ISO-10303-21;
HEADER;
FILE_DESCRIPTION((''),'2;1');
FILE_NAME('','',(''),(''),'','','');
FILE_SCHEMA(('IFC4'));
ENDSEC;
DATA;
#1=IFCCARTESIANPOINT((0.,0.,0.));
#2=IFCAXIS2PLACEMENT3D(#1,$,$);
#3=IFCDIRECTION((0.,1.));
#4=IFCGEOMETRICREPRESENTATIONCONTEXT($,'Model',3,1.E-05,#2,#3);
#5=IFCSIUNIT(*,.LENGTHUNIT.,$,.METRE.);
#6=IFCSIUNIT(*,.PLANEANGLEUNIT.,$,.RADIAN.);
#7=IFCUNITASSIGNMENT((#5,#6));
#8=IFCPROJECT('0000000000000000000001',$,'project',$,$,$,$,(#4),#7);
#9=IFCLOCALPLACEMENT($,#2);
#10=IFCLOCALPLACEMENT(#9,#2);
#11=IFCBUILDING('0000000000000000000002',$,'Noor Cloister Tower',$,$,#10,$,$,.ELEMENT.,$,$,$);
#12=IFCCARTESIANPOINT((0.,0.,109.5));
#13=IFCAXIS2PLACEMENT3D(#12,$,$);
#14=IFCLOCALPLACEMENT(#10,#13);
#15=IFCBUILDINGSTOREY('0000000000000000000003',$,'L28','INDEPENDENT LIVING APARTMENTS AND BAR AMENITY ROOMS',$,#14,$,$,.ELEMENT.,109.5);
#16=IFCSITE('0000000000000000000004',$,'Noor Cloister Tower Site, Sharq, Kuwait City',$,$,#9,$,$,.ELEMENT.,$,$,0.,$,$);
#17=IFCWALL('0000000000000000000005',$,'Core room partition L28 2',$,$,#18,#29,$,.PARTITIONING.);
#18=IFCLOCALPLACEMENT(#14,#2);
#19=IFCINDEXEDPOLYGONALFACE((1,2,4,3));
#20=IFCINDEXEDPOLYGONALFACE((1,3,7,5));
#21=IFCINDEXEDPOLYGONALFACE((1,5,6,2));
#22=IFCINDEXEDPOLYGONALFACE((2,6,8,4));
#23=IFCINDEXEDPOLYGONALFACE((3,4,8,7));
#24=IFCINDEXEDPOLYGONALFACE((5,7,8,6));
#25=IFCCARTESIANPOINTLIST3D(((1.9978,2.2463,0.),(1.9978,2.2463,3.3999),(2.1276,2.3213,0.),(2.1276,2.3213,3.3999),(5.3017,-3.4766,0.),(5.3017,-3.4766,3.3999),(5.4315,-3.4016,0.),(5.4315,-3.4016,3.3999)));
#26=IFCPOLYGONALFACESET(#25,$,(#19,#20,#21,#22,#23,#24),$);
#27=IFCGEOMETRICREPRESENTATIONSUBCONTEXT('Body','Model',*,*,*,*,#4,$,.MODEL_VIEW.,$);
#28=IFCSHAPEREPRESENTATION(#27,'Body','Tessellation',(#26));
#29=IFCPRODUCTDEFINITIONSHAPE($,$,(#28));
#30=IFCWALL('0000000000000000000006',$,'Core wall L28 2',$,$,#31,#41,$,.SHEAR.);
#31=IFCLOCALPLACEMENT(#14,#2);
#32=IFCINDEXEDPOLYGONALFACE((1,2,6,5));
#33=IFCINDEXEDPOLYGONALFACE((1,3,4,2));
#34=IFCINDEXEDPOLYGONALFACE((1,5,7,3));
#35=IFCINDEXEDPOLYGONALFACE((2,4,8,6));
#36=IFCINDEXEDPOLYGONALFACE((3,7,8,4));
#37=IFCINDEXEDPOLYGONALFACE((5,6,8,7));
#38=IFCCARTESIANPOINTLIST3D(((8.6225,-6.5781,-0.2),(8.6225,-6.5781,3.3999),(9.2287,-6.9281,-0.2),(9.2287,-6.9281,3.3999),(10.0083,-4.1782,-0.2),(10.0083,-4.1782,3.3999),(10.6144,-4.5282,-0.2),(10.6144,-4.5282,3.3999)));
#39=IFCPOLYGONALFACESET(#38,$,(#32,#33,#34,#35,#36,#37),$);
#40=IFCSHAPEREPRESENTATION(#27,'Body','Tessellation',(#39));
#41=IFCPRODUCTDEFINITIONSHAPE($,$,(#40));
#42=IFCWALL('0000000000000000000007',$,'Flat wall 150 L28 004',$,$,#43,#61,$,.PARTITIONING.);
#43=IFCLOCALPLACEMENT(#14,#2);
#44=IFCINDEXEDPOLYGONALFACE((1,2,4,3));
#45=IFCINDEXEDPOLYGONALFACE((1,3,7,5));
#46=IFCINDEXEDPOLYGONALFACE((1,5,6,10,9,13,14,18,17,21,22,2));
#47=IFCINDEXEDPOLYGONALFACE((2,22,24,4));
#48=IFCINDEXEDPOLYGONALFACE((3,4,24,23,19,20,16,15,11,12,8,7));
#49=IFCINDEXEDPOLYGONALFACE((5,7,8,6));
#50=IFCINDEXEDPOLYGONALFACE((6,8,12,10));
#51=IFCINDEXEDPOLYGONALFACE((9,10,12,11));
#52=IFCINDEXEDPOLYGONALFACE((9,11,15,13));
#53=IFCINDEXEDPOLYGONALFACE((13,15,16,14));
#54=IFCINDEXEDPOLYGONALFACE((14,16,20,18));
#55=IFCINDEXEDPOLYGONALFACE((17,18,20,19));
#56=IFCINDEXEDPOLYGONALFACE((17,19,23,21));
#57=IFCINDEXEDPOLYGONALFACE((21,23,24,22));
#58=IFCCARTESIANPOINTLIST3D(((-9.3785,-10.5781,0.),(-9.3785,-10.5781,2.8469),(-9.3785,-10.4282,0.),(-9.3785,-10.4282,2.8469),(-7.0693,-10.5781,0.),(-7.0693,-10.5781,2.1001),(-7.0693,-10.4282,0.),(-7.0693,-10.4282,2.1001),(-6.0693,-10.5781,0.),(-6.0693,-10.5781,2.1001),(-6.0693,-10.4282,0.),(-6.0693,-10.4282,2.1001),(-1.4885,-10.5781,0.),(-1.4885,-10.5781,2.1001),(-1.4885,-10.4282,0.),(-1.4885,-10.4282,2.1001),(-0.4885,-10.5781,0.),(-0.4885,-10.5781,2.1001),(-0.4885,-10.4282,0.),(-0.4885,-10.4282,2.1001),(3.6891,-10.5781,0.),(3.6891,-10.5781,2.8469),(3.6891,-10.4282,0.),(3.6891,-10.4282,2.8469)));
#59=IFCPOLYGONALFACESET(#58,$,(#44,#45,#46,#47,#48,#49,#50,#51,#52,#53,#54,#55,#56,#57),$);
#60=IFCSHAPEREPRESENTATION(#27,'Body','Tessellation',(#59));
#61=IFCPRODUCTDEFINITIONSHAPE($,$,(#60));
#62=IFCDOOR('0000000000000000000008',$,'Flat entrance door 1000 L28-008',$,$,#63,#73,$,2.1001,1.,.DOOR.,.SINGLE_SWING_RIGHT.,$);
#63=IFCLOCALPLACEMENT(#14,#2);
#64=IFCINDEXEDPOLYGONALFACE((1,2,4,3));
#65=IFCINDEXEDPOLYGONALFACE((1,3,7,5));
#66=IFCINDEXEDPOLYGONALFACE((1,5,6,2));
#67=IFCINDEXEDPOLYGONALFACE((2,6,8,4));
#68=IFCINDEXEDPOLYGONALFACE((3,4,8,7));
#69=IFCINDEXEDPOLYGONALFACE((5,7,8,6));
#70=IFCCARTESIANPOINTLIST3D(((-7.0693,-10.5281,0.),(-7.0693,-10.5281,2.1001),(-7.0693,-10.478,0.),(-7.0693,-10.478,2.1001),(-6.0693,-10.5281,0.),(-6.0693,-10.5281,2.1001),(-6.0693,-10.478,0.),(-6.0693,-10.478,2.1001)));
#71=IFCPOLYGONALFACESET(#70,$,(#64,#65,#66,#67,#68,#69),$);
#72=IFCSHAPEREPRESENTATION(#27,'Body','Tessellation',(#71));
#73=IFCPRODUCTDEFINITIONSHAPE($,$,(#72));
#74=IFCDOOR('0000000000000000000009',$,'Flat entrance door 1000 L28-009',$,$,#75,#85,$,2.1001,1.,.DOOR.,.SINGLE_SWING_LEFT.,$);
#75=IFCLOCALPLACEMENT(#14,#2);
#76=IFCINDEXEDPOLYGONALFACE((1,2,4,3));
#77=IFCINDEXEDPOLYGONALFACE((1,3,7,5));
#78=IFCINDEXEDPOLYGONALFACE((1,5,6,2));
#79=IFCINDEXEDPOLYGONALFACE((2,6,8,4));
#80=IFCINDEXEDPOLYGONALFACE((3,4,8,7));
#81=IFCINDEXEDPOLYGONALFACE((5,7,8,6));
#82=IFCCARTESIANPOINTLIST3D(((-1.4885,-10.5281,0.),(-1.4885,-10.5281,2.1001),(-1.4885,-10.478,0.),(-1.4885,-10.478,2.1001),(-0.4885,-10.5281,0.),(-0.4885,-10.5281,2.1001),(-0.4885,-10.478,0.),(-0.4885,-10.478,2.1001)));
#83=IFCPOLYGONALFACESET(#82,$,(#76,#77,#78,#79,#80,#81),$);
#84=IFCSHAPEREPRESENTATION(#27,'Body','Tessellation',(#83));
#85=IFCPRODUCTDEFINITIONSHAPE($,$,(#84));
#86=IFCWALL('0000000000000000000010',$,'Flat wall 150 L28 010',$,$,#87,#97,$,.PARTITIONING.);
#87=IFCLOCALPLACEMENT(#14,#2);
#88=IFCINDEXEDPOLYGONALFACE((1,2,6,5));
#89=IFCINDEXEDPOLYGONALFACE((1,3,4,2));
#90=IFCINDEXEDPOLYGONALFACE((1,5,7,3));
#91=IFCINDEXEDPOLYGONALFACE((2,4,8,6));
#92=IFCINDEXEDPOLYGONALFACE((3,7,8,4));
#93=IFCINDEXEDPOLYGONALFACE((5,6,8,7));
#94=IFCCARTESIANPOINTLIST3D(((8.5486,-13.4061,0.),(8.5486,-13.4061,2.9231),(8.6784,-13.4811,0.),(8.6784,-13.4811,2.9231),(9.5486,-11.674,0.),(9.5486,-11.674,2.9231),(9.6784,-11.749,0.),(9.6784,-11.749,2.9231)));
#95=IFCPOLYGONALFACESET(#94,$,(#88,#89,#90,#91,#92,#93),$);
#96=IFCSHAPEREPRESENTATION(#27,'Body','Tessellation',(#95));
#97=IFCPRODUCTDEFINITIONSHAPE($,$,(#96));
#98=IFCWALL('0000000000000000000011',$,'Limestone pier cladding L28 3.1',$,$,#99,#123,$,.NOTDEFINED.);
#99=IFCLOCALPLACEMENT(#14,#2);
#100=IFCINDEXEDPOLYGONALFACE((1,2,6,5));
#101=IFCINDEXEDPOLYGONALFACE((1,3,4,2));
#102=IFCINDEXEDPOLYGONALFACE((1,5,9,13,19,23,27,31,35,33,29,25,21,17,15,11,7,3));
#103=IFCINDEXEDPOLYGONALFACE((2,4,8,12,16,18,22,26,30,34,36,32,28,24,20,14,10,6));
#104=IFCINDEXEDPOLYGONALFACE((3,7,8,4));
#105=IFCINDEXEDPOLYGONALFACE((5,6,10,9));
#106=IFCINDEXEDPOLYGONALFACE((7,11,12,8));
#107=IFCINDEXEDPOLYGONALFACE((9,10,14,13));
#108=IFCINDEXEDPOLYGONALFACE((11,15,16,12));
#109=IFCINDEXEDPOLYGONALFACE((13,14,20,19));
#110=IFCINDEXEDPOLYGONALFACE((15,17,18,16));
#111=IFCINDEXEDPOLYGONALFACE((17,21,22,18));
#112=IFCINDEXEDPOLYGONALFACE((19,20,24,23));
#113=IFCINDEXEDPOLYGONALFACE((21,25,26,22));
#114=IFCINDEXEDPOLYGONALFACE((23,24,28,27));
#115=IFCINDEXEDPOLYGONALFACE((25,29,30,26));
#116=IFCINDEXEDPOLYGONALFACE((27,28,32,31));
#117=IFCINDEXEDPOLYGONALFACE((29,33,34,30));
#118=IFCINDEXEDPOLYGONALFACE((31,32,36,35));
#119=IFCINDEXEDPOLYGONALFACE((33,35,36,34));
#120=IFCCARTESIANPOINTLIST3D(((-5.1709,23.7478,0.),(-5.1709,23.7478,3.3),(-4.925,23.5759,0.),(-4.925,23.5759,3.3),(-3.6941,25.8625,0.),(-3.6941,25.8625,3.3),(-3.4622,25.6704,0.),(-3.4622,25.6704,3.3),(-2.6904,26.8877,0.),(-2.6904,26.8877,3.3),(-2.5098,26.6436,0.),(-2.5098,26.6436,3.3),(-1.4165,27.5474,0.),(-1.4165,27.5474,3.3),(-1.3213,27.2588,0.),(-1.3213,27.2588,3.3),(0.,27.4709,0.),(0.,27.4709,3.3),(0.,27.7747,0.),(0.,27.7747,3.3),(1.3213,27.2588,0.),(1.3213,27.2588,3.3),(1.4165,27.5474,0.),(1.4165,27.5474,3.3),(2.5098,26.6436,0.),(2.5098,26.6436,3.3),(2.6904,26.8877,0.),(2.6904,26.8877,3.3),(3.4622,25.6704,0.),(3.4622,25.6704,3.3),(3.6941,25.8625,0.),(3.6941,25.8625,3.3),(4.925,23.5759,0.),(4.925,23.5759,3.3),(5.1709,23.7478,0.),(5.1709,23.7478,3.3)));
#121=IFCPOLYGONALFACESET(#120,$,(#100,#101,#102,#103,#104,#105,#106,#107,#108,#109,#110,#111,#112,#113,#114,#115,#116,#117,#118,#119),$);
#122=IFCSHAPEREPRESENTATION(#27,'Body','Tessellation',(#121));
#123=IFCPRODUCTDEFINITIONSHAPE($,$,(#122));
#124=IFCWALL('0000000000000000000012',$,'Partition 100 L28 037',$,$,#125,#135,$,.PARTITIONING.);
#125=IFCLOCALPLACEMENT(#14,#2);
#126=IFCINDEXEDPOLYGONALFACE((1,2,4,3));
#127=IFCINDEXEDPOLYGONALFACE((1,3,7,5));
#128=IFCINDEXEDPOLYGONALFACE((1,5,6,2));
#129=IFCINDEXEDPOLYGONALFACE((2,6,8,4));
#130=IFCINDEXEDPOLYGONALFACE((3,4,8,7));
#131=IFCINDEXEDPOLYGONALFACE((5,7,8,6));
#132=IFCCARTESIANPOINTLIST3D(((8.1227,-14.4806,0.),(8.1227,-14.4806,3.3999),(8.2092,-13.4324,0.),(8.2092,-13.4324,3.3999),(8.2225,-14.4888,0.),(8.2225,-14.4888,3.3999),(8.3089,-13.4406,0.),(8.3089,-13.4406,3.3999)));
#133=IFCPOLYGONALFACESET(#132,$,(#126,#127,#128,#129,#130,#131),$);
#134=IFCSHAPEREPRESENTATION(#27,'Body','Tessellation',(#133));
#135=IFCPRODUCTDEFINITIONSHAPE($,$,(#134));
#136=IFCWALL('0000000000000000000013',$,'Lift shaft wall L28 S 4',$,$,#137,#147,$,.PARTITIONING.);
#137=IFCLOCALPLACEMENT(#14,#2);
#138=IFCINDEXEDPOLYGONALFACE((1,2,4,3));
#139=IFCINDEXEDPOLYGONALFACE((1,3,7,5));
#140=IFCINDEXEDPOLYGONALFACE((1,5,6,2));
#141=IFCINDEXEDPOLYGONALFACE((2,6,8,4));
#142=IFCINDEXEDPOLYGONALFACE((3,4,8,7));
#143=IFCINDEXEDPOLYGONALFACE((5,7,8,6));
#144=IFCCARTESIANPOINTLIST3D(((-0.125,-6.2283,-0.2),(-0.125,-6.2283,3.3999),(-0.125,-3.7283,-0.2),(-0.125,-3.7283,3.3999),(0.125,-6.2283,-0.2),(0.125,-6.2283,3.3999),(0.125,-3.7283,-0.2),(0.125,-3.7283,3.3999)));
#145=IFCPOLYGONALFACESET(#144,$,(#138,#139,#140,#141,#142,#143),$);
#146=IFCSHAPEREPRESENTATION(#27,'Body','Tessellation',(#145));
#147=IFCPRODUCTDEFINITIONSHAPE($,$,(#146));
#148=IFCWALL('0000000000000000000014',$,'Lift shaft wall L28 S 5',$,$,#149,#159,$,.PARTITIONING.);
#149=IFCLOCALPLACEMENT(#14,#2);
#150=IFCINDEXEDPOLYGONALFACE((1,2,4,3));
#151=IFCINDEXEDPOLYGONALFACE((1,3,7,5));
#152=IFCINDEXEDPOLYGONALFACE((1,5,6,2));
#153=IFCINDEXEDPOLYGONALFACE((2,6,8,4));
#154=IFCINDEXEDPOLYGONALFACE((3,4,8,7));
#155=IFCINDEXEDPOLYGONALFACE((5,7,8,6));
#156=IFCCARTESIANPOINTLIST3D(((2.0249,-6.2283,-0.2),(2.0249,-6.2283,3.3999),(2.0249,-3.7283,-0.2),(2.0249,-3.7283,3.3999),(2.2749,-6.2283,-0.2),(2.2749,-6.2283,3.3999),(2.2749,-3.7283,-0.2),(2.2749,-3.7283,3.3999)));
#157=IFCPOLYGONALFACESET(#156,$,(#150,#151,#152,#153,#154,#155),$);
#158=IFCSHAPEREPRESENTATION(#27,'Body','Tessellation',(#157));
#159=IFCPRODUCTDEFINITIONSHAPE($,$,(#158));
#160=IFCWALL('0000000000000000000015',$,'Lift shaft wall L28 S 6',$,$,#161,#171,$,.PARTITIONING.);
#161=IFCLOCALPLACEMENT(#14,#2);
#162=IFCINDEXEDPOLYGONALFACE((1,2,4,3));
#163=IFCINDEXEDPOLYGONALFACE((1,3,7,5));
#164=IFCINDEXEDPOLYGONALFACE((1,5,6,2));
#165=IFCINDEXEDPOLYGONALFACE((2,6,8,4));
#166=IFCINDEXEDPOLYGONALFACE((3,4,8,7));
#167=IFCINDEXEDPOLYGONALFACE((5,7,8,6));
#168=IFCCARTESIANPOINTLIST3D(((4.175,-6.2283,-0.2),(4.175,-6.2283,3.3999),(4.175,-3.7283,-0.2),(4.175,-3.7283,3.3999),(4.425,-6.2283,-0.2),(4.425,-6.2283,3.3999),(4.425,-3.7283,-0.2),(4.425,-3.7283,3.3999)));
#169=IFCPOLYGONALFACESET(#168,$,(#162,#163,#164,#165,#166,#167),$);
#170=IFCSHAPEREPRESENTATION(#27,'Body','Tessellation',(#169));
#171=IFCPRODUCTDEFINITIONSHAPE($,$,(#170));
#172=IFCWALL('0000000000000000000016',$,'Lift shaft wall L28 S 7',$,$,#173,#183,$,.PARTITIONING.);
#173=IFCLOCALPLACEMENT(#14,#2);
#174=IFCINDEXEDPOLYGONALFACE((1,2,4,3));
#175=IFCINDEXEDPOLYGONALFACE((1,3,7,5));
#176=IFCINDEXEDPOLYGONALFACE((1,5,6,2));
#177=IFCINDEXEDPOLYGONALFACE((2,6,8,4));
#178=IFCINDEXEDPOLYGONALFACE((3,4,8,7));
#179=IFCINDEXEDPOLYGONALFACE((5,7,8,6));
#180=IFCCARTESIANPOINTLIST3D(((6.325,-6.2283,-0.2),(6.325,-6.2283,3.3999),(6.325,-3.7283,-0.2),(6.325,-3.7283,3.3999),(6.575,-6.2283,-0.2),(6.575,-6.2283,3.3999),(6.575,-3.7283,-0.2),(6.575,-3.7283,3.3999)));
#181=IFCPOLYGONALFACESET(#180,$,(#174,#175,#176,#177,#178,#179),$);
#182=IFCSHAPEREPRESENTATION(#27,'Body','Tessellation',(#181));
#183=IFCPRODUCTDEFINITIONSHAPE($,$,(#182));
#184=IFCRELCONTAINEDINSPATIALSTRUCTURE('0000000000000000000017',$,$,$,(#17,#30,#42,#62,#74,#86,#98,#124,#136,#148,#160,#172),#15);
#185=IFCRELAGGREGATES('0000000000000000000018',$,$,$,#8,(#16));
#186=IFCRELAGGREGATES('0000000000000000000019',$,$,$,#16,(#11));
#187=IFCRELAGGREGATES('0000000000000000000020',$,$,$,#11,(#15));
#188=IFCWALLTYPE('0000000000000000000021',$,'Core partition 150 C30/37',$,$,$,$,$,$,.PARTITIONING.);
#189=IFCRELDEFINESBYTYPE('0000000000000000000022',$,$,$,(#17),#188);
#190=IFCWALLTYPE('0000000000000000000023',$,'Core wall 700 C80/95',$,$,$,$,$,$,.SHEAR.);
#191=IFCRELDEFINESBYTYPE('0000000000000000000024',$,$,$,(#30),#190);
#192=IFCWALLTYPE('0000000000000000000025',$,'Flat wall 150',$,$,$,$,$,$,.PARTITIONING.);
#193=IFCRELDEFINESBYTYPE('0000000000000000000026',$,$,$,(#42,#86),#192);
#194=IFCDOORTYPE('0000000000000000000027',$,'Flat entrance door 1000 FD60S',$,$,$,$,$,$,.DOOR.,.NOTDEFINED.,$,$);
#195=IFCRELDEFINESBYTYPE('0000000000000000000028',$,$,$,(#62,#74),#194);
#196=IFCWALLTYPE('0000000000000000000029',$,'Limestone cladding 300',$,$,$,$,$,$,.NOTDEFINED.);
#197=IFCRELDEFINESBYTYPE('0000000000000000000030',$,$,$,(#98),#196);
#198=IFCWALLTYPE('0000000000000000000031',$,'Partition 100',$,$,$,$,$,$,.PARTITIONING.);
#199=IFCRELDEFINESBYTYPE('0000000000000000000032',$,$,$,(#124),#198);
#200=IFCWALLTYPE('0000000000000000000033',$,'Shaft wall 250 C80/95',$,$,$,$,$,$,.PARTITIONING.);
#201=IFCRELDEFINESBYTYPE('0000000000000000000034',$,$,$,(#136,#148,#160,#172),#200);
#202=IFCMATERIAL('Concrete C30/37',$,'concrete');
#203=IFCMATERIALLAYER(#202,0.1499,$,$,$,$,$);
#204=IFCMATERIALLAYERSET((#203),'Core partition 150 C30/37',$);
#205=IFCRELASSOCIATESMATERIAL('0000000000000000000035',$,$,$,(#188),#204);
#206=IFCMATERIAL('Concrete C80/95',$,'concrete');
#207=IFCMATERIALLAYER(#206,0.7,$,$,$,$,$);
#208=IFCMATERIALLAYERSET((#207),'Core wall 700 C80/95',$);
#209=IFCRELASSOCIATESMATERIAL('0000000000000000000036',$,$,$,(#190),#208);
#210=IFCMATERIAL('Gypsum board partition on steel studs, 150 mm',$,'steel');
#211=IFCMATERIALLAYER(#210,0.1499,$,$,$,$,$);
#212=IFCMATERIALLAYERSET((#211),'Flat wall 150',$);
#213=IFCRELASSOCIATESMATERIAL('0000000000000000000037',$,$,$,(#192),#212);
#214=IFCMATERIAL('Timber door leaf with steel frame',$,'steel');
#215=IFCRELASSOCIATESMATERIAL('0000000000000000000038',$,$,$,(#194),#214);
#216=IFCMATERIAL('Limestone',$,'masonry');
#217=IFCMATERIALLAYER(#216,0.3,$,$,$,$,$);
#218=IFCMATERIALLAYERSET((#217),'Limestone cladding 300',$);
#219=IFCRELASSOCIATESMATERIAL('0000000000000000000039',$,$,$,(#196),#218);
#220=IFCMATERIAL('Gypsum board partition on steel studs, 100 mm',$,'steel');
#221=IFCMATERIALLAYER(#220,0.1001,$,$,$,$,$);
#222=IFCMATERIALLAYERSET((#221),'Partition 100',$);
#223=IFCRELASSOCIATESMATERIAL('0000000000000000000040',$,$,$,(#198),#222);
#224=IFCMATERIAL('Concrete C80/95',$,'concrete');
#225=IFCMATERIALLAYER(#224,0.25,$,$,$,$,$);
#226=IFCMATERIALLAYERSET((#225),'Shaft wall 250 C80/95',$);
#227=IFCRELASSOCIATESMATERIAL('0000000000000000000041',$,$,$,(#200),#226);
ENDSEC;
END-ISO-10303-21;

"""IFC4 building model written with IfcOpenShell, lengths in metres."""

from ifc_helpers import new_model, si_unit, direction, frame, frame_2d, origin, place, context, subcontext, project, spatial, polyline, rectangle, outline, extrude, material, layer, layer_set, type_object, element, fill, save


model = new_model("IFC4")

# Units and contexts
model_context = context("Model", 3, precision=1e-05, world=origin(), true_north=direction((0.0, 1.0)))
body_context = subcontext(model_context, "Body", "Model", "MODEL_VIEW")
ifc_project = project(units=[si_unit("LENGTHUNIT", "METRE"), si_unit("PLANEANGLEUNIT", "RADIAN")], contexts=[model_context])

# Site, building, storey
site_placement = place(None, origin())
site = spatial("IfcSite", under=ifc_project, at=site_placement, Name="Noor Cloister Tower Site, Sharq, Kuwait City", CompositionType="ELEMENT", RefElevation=0.0)
building_placement = place(site_placement, origin())
building = spatial("IfcBuilding", under=site, at=building_placement, Name="Noor Cloister Tower", CompositionType="ELEMENT")
storey_placement = place(building_placement, frame((0.0, 0.0, 109.5)))
storey = spatial("IfcBuildingStorey", under=building, at=storey_placement, Name="L28", Description="INDEPENDENT LIVING APARTMENTS AND BAR AMENITY ROOMS", CompositionType="ELEMENT", Elevation=109.5)

# Walls
ifc_material_1 = material(Name="Concrete C30/37", Category="concrete")
ifc_layer_1 = layer(ifc_material_1, 0.1499)
ifc_layer_set_1 = layer_set([ifc_layer_1], Name="Core partition 150 C30/37")
wall_type_1 = type_object("IfcWallType", Name="Core partition 150 C30/37", PredefinedType="PARTITIONING", material=ifc_layer_set_1)
wall_1_placement = place(storey_placement, frame((5.3667, -3.4392, 0.0), z_axis=(0.0, 0.0, 1.0), x_axis=(-0.499981, 0.866036, 0.0)))
element("IfcWall", 1, at=wall_1_placement, inside=storey, type_object=wall_type_1, Name="Core room partition L28 2", PredefinedType="PARTITIONING", context=body_context, shape_type="SweptSolid", body=[
    extrude(rectangle(XDim=6.6082, YDim=0.1499, at=frame_2d((3.3042, 0.0))), origin(), (0.0, 0.0, 1.0), 3.3999),
])
ifc_material_2 = material(Name="Concrete C80/95", Category="concrete")
ifc_layer_2 = layer(ifc_material_2, 0.7)
ifc_layer_set_2 = layer_set([ifc_layer_2], Name="Core wall 700 C80/95")
wall_type_2 = type_object("IfcWallType", Name="Core wall 700 C80/95", PredefinedType="SHEAR", material=ifc_layer_set_2)
wall_2_placement = place(storey_placement, frame((8.9255, -6.7532, -0.2), z_axis=(0.0, 0.0, 1.0), x_axis=(0.500043, 0.866001, 0.0)))
element("IfcWall", 2, at=wall_2_placement, inside=storey, type_object=wall_type_2, Name="Core wall L28 2", PredefinedType="SHEAR", context=body_context, shape_type="SweptSolid", body=[
    extrude(rectangle(XDim=2.7712, YDim=0.7, at=frame_2d((1.3857, 0.0))), origin(), (0.0, 0.0, 1.0), 3.5999),
])

# Wall, openings, doors
ifc_material_3 = material(Name="Gypsum board partition on steel studs, 150 mm", Category="steel")
ifc_layer_3 = layer(ifc_material_3, 0.1499)
ifc_layer_set_3 = layer_set([ifc_layer_3], Name="Flat wall 150")
wall_type_3 = type_object("IfcWallType", Name="Flat wall 150", PredefinedType="PARTITIONING", material=ifc_layer_set_3)
wall_3_placement = place(storey_placement, frame((3.689, -10.5032, 0.0), z_axis=(0.0, 0.0, 1.0), x_axis=(-1.0, 0.0, 0.0)))
wall_3 = element("IfcWall", 3, at=wall_3_placement, inside=storey, type_object=wall_type_3, Name="Flat wall 150 L28 004", PredefinedType="PARTITIONING", context=body_context, shape_type="SweptSolid", body=[
    extrude(rectangle(XDim=13.0676, YDim=0.1499, at=frame_2d((6.5337, 0.0))), origin(), (0.0, 0.0, 1.0), 2.8469),
])
opening_1_placement = place(wall_3_placement, frame((9.7583, 0.0, 0.0)))
opening_1 = element("IfcOpeningElement", 4, at=opening_1_placement, cuts=wall_3, PredefinedType="OPENING", context=body_context, shape_type="SweptSolid", body=[
    extrude(rectangle(XDim=1.0, YDim=2.1001, at=frame_2d((0.5, 1.05))), frame((0.0, 0.085, 0.0), z_axis=(0.0, -1.0, 0.0), x_axis=(1.0, 0.0, 0.0)), (0.0, 0.0, 1.0), 0.1699),
])
opening_2_placement = place(wall_3_placement, frame((4.1775, 0.0, 0.0)))
opening_2 = element("IfcOpeningElement", 5, at=opening_2_placement, cuts=wall_3, PredefinedType="OPENING", context=body_context, shape_type="SweptSolid", body=[
    extrude(rectangle(XDim=1.0, YDim=2.1001, at=frame_2d((0.5, 1.05))), frame((0.0, 0.085, 0.0), z_axis=(0.0, -1.0, 0.0), x_axis=(1.0, 0.0, 0.0)), (0.0, 0.0, 1.0), 0.1699),
])
ifc_material_4 = material(Name="Timber door leaf with steel frame", Category="steel")
door_type_1 = type_object("IfcDoorType", Name="Flat entrance door 1000 FD60S", OperationType="NOTDEFINED", PredefinedType="DOOR", material=ifc_material_4)
door_1_placement = place(opening_1_placement, origin())
door_1 = element("IfcDoor", 6, at=door_1_placement, inside=storey, type_object=door_type_1, Name="Flat entrance door 1000 L28-008", OperationType="SINGLE_SWING_RIGHT", OverallHeight=2.1001, OverallWidth=1.0, PredefinedType="DOOR", context=body_context, shape_type="SweptSolid", body=[
    extrude(rectangle(XDim=1.0, YDim=2.1001, at=frame_2d((0.5, 1.05))), frame((0.0, 0.0249, 0.0), z_axis=(0.0, -1.0, 0.0), x_axis=(1.0, 0.0, 0.0)), (0.0, 0.0, 1.0), 0.05),
])
fill(opening_1, door_1)
door_2_placement = place(opening_2_placement, origin())
door_2 = element("IfcDoor", 7, at=door_2_placement, inside=storey, type_object=door_type_1, Name="Flat entrance door 1000 L28-009", OperationType="SINGLE_SWING_LEFT", OverallHeight=2.1001, OverallWidth=1.0, PredefinedType="DOOR", context=body_context, shape_type="SweptSolid", body=[
    extrude(rectangle(XDim=1.0, YDim=2.1001, at=frame_2d((0.5, 1.05))), frame((0.0, 0.0249, 0.0), z_axis=(0.0, -1.0, 0.0), x_axis=(1.0, 0.0, 0.0)), (0.0, 0.0, 1.0), 0.05),
])
fill(opening_2, door_2)

# Walls
wall_4_placement = place(storey_placement, frame((8.6135, -13.4436, 0.0), z_axis=(0.0, 0.0, 1.0), x_axis=(0.499973, 0.866041, 0.0)))
element("IfcWall", 8, at=wall_4_placement, inside=storey, type_object=wall_type_3, Name="Flat wall 150 L28 010", PredefinedType="PARTITIONING", context=body_context, shape_type="SweptSolid", body=[
    extrude(rectangle(XDim=2.0, YDim=0.1499, at=frame_2d((1.0, 0.0))), origin(), (0.0, 0.0, 1.0), 2.9231),
])
ifc_material_5 = material(Name="Limestone", Category="masonry")
ifc_layer_4 = layer(ifc_material_5, 0.3)
ifc_layer_set_4 = layer_set([ifc_layer_4], Name="Limestone cladding 300")
wall_type_4 = type_object("IfcWallType", Name="Limestone cladding 300", PredefinedType="NOTDEFINED", material=ifc_layer_set_4)
wall_5_placement = place(storey_placement, origin())
element("IfcWall", 9, at=wall_5_placement, inside=storey, type_object=wall_type_4, Name="Limestone pier cladding L28 3.1", PredefinedType="NOTDEFINED", context=body_context, shape_type="SweptSolid", body=[
    extrude(outline(polyline([(5.1709, 23.7478), (3.6941, 25.8625), (2.6904, 26.8877), (1.4165, 27.5474), (0.0, 27.7747), (-1.4165, 27.5474), (-2.6904, 26.8877), (-3.6941, 25.8625), (-5.1709, 23.7478), (-4.925, 23.5759), (-3.4622, 25.6704), (-2.5098, 26.6436), (-1.3213, 27.2588), (0.0, 27.4709), (1.3213, 27.2588), (2.5098, 26.6436), (3.4622, 25.6704), (4.925, 23.5759), (5.1709, 23.7478)])), origin(), (0.0, 0.0, 1.0), 3.3),
])
ifc_material_6 = material(Name="Gypsum board partition on steel studs, 100 mm", Category="steel")
ifc_layer_5 = layer(ifc_material_6, 0.1001)
ifc_layer_set_5 = layer_set([ifc_layer_5], Name="Partition 100")
wall_type_5 = type_object("IfcWallType", Name="Partition 100", PredefinedType="PARTITIONING", material=ifc_layer_set_5)
wall_6_placement = place(storey_placement, frame((8.259, -13.4365, 0.0), z_axis=(0.0, 0.0, 1.0), x_axis=(-0.082181, -0.996617, 0.0)))
element("IfcWall", 10, at=wall_6_placement, inside=storey, type_object=wall_type_5, Name="Partition 100 L28 037", PredefinedType="PARTITIONING", context=body_context, shape_type="SweptSolid", body=[
    extrude(rectangle(XDim=1.0518, YDim=0.1001, at=frame_2d((0.5259, 0.0))), origin(), (0.0, 0.0, 1.0), 3.3999),
])
ifc_material_7 = material(Name="Concrete C80/95", Category="concrete")
ifc_layer_6 = layer(ifc_material_7, 0.25)
ifc_layer_set_6 = layer_set([ifc_layer_6], Name="Shaft wall 250 C80/95")
wall_type_6 = type_object("IfcWallType", Name="Shaft wall 250 C80/95", PredefinedType="PARTITIONING", material=ifc_layer_set_6)
for number, where, z_axis, x_axis, name in (
    (11, (0.0, -6.2283, -0.2), (0.0, 0.0, 1.0), (0.0, 1.0, 0.0), "Lift shaft wall L28 S 4"),
    (12, (2.1499, -6.2283, -0.2), (0.0, 0.0, 1.0), (0.0, 1.0, 0.0), "Lift shaft wall L28 S 5"),
    (13, (4.3, -6.2283, -0.2), (0.0, 0.0, 1.0), (0.0, 1.0, 0.0), "Lift shaft wall L28 S 6"),
    (14, (6.45, -6.2283, -0.2), (0.0, 0.0, 1.0), (0.0, 1.0, 0.0), "Lift shaft wall L28 S 7"),
):
    element("IfcWall", number, at=place(storey_placement, frame(where, z_axis=z_axis, x_axis=x_axis)), inside=storey, type_object=wall_type_6, Name=name, PredefinedType="PARTITIONING", context=body_context, shape_type="SweptSolid", body=[
        extrude(rectangle(XDim=2.5, YDim=0.25, at=frame_2d((1.25, 0.0))), origin(), (0.0, 0.0, 1.0), 3.5999),
    ])

save(model, "model.ifc")
